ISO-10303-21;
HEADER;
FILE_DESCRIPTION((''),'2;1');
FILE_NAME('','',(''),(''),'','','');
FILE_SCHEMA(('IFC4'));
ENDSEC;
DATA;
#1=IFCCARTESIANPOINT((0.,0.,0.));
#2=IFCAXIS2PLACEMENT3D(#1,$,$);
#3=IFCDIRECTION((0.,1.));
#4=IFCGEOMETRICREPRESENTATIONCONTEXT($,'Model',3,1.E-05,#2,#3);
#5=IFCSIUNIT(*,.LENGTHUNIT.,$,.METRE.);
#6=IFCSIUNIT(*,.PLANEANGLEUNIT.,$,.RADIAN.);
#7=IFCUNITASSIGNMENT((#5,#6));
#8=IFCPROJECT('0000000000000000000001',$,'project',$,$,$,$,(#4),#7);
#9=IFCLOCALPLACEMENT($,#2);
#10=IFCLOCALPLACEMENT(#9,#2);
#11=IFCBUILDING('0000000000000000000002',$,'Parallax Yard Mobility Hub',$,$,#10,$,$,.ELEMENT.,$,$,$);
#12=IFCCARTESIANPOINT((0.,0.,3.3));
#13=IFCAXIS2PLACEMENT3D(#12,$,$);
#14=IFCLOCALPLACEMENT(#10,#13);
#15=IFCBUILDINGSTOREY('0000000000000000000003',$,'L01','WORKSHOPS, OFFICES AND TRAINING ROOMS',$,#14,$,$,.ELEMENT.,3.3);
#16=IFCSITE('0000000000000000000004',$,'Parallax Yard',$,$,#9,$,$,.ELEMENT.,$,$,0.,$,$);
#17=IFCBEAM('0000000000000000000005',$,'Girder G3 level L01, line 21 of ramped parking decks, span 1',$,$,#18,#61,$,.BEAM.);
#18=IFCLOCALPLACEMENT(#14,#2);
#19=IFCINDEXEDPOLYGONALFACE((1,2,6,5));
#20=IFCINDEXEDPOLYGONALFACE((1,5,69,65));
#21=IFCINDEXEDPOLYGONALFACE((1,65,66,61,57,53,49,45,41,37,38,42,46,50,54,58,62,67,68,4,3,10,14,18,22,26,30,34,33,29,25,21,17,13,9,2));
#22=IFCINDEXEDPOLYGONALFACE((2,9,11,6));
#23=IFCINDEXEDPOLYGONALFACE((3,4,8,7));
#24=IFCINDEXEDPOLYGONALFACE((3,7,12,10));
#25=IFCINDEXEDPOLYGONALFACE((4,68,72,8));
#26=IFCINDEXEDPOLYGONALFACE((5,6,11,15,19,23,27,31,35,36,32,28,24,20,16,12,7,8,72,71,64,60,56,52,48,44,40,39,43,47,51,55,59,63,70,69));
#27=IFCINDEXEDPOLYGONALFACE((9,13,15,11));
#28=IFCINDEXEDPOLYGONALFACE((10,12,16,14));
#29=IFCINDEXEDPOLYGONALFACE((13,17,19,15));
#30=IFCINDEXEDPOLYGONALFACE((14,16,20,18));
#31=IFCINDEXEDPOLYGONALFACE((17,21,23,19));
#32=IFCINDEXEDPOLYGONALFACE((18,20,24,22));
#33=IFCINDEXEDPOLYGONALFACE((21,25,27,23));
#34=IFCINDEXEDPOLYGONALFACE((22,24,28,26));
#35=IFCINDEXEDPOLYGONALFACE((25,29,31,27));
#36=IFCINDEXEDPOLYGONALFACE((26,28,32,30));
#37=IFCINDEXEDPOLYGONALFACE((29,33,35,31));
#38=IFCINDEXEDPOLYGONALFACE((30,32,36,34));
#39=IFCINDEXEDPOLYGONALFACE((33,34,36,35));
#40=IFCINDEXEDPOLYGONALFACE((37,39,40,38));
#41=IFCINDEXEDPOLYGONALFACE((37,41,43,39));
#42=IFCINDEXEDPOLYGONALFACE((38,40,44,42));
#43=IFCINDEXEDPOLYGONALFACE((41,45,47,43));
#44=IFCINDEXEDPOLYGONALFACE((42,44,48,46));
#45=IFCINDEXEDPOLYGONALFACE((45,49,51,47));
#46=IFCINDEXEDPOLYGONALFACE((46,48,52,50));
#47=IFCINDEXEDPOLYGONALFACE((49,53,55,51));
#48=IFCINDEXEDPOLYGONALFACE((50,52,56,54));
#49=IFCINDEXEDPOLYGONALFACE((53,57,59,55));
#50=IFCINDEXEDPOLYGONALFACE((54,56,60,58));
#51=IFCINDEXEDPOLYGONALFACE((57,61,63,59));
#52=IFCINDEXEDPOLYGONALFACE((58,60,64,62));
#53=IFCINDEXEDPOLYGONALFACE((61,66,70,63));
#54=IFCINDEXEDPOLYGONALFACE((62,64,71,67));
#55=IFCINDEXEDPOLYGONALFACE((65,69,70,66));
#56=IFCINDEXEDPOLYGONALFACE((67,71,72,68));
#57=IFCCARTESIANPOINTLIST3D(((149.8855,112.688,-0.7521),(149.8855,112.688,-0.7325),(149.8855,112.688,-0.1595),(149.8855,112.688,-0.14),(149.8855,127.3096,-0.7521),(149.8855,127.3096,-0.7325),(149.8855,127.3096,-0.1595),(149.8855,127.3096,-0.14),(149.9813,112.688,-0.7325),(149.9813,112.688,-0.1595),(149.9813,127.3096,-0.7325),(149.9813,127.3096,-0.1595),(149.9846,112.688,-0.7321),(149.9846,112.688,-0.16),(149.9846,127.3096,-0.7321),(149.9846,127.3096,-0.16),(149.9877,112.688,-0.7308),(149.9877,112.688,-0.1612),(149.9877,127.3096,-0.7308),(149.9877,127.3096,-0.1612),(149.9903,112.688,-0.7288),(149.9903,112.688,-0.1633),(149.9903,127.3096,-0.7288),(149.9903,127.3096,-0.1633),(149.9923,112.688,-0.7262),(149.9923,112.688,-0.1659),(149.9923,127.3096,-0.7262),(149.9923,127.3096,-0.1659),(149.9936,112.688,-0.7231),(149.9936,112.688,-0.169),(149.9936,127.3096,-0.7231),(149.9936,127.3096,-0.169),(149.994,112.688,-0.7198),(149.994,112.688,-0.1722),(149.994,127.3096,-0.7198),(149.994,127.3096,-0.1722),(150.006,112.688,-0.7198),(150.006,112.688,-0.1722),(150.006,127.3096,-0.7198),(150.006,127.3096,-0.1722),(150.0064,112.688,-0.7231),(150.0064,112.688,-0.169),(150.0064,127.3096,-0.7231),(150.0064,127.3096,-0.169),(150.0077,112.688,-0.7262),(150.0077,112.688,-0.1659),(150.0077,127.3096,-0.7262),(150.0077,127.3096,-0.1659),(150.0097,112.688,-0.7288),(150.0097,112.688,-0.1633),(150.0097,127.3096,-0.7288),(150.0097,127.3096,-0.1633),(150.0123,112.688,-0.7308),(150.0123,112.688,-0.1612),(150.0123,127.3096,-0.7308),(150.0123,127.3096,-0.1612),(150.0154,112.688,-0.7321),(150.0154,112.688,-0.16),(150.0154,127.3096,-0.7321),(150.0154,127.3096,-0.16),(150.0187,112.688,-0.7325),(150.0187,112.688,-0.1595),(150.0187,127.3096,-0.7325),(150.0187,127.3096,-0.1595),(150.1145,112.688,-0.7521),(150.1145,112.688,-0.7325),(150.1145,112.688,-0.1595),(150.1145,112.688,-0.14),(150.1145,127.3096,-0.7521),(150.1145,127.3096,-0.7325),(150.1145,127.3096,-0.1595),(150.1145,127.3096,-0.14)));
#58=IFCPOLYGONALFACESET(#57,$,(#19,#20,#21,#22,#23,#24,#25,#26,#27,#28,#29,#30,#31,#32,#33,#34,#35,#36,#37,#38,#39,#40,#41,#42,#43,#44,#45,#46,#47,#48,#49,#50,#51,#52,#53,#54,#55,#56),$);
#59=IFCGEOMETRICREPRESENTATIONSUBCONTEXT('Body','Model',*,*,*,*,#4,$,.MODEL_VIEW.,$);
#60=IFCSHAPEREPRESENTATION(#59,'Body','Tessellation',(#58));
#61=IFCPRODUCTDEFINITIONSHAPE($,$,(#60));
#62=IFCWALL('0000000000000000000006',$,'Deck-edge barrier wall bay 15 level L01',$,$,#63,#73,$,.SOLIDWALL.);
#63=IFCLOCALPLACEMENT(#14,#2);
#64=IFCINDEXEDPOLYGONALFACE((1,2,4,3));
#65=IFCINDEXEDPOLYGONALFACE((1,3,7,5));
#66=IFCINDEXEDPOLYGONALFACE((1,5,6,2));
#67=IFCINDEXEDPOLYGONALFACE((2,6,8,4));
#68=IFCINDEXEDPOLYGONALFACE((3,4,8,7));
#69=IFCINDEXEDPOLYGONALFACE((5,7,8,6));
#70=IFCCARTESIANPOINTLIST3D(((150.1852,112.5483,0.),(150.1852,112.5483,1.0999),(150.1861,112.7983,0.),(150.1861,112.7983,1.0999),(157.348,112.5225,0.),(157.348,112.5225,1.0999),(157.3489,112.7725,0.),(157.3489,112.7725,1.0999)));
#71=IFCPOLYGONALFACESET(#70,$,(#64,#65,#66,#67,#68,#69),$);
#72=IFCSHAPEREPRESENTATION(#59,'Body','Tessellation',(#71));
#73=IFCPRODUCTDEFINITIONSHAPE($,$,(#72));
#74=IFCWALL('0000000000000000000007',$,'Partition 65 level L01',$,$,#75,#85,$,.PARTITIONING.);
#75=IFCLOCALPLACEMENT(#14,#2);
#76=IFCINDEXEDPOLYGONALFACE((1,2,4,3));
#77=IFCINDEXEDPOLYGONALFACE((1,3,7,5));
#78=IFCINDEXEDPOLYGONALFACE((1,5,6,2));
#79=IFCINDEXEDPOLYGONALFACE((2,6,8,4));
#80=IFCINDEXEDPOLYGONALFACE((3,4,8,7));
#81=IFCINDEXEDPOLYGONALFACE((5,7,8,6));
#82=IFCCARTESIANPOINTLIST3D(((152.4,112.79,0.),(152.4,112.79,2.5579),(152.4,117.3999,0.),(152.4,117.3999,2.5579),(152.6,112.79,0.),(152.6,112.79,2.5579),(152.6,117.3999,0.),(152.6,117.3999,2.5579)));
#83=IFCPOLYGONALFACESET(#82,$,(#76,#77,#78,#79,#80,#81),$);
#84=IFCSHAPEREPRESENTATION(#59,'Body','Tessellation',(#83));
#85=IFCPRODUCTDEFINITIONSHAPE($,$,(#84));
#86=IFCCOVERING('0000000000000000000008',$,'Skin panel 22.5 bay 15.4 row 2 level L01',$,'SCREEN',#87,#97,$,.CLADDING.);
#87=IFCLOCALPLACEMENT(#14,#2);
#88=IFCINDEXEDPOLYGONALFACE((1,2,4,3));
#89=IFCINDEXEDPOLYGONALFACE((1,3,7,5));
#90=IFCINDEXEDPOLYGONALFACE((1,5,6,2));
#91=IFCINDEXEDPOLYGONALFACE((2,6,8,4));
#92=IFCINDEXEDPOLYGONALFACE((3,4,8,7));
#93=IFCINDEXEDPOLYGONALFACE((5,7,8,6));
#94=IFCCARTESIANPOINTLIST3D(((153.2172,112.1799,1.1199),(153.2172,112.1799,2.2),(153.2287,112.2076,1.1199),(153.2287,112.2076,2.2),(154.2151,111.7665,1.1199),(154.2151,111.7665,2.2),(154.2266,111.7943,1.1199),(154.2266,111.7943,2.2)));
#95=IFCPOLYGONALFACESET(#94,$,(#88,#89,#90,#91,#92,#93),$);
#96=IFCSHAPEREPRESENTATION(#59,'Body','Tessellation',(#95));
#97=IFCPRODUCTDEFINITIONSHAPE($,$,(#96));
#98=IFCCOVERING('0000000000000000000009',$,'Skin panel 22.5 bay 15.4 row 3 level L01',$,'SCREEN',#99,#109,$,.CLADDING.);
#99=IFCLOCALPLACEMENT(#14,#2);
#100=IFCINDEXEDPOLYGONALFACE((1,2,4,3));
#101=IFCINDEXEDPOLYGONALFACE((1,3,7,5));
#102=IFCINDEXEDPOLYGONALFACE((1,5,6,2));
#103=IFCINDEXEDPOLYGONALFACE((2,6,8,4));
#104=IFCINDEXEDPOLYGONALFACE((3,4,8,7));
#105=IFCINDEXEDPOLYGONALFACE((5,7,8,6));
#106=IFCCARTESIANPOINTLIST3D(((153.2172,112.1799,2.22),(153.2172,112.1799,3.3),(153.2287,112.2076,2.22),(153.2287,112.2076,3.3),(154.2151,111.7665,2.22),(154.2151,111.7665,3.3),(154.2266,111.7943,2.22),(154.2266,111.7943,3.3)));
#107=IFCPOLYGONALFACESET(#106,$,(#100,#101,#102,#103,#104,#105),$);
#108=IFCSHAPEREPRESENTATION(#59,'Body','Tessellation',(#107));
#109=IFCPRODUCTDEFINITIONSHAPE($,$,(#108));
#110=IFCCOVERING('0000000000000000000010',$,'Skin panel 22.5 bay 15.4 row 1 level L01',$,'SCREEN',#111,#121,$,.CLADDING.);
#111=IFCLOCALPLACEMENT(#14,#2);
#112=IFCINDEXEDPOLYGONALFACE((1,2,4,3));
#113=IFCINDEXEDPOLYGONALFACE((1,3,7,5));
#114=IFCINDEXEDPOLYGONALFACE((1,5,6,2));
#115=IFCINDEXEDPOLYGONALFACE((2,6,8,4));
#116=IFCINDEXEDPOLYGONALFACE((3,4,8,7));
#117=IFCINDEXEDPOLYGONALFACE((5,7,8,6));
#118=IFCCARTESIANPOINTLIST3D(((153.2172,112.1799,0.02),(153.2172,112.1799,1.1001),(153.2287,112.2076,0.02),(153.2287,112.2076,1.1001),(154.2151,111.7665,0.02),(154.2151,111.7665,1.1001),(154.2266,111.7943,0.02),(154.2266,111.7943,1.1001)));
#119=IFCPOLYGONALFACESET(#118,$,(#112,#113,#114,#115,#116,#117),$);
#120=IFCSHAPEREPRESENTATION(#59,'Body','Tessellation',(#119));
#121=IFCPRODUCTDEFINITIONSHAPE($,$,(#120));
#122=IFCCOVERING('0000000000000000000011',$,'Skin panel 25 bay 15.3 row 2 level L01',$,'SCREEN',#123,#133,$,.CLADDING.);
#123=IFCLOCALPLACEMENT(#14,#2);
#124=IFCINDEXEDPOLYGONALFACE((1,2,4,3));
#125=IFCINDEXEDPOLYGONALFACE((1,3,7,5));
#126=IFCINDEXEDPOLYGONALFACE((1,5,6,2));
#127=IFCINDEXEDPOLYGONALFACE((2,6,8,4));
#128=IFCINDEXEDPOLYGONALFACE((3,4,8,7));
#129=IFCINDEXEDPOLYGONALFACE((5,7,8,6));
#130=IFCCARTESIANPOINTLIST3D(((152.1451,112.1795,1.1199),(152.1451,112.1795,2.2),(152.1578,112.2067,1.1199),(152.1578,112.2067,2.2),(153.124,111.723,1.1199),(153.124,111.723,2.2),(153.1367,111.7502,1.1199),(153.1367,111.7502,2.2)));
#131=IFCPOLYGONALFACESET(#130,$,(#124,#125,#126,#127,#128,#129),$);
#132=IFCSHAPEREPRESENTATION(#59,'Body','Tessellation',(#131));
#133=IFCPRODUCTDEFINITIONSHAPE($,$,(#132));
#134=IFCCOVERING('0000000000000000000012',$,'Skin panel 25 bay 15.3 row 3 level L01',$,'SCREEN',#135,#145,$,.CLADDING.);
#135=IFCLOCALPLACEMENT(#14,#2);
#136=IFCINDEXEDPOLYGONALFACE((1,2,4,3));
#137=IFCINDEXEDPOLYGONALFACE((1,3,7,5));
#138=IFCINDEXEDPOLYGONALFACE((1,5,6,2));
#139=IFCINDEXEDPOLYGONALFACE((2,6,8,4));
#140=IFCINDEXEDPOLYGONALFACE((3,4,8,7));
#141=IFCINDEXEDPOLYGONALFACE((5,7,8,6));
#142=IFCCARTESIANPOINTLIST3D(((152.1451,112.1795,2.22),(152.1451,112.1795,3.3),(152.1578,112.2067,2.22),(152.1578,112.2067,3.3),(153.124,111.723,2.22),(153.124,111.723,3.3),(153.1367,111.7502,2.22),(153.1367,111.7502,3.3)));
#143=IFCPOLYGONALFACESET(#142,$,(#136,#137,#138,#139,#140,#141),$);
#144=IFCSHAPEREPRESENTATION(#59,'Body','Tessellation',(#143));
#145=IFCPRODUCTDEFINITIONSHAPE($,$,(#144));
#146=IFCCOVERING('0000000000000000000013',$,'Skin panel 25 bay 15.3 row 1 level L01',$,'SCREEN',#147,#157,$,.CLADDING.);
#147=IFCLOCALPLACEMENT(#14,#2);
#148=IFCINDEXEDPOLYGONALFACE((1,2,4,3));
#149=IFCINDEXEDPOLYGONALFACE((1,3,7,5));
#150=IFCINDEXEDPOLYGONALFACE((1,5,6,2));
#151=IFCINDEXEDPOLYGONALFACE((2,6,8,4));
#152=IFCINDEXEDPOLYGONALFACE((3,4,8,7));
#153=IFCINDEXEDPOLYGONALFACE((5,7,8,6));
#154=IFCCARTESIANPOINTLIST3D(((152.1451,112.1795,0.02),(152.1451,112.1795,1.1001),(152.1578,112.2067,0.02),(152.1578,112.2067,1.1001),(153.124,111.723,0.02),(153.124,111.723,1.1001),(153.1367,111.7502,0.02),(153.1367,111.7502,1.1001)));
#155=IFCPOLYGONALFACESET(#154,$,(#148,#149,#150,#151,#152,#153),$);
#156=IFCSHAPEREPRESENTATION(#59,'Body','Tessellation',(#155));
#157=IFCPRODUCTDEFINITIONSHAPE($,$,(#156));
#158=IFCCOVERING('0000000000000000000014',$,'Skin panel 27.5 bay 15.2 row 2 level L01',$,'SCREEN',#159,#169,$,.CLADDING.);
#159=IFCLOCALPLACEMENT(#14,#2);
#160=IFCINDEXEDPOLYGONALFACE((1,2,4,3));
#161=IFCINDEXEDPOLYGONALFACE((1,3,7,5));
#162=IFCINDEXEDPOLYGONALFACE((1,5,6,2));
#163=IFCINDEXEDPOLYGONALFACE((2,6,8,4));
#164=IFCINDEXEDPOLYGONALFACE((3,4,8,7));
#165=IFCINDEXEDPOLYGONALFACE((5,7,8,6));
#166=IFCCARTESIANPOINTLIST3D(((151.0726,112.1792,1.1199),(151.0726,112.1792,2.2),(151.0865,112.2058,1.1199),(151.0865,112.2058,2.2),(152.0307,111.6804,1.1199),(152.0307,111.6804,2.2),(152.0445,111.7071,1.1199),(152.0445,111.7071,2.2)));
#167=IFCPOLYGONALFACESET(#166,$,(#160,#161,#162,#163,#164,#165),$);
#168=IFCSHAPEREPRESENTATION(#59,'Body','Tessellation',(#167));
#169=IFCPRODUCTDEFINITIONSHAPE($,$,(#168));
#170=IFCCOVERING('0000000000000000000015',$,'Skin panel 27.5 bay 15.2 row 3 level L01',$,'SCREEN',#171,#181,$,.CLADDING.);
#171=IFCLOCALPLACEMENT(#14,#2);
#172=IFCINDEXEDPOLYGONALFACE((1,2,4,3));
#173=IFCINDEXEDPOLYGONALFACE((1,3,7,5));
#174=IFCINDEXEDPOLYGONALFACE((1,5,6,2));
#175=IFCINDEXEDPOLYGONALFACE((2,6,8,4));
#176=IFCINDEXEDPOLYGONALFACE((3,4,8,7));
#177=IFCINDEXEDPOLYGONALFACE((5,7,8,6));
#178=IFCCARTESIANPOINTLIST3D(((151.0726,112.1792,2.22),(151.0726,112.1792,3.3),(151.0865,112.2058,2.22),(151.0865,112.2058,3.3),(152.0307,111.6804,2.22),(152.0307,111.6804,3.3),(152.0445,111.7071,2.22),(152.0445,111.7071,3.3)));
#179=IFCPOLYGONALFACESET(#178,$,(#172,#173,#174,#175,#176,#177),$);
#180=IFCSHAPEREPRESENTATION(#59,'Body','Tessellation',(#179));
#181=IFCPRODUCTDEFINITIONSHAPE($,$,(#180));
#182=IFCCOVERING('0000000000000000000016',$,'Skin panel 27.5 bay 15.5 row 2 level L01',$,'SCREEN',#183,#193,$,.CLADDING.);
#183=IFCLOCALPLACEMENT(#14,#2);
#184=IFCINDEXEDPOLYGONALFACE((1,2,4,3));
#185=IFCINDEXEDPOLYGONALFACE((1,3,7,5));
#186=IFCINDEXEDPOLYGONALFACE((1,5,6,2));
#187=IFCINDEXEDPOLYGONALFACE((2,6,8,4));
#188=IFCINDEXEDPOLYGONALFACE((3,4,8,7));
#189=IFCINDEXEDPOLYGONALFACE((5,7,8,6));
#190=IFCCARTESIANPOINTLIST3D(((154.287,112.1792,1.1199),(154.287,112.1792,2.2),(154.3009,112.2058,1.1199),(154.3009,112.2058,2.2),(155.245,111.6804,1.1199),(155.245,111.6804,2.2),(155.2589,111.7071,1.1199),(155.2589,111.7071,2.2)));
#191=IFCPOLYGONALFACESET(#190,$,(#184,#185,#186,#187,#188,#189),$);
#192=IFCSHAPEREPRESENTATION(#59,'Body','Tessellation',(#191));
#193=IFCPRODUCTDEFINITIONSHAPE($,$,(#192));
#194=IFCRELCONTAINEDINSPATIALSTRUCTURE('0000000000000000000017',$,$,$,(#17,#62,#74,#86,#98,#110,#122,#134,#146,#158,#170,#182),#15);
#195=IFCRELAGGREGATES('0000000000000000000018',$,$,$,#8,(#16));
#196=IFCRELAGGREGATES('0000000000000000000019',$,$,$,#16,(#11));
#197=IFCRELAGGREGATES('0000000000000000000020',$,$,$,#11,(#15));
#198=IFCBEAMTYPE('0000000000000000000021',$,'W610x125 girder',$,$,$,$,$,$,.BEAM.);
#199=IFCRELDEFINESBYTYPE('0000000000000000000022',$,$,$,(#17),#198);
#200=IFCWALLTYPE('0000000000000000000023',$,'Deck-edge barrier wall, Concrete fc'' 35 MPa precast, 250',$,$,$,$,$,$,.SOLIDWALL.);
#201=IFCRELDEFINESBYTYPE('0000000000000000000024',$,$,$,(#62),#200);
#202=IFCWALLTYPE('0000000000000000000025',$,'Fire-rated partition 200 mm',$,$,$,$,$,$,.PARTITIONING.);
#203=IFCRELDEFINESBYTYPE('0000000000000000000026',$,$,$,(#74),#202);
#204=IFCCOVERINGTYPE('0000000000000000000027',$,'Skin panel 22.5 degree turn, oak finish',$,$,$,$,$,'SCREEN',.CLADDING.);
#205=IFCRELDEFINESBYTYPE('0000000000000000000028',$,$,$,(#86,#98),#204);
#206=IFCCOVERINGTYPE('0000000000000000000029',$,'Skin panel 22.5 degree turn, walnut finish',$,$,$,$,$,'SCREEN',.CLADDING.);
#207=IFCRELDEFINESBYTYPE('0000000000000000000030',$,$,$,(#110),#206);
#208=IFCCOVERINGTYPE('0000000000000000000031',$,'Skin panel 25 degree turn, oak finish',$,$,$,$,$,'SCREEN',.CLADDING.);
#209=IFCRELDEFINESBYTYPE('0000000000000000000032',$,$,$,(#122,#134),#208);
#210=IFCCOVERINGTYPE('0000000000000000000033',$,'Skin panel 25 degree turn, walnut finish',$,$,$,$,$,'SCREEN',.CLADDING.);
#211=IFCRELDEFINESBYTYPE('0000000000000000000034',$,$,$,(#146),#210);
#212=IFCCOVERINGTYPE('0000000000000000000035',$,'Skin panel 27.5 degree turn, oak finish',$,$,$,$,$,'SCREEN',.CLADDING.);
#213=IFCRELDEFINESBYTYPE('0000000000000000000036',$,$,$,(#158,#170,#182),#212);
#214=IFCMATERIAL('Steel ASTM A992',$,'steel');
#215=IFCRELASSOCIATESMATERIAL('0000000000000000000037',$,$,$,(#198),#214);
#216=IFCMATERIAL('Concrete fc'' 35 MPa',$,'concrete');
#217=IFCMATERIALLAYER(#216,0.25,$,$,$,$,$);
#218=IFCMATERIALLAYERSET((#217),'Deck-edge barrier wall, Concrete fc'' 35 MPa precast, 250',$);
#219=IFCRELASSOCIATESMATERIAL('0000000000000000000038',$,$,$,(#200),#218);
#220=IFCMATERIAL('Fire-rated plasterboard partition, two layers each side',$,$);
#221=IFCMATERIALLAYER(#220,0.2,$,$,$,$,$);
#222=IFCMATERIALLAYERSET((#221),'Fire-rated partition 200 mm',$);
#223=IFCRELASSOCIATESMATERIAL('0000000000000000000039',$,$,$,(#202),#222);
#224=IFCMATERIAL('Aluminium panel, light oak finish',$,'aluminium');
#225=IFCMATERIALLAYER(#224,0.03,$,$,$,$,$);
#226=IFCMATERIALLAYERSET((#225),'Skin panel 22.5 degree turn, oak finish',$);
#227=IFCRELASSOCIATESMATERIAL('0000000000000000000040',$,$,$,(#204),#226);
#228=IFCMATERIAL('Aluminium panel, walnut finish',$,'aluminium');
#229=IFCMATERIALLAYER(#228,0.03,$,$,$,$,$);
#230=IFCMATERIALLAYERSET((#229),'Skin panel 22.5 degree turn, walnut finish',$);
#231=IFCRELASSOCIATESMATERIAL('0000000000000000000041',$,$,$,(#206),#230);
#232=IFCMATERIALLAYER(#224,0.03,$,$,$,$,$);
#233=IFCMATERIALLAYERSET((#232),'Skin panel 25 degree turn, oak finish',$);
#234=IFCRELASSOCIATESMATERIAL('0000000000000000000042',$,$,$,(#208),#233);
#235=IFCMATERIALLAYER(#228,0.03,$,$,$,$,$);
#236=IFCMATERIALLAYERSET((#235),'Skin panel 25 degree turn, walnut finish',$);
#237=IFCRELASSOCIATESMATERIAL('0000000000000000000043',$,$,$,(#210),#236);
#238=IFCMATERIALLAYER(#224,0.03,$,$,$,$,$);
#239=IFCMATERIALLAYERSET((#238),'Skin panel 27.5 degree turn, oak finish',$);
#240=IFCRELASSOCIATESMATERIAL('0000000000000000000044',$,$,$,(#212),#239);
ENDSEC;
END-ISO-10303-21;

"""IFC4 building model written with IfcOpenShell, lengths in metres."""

from ifc_helpers import new_model, si_unit, direction, frame, frame_2d, origin, origin_2d, place, context, subcontext, project, spatial, rectangle, i_section, extrude, material, layer, layer_set, material_profile, profile_set, type_object, element, save


model = new_model("IFC4")

# Units and contexts
model_context = context("Model", 3, precision=1e-05, world=origin(), true_north=direction((0.0, 1.0)))
body_context = subcontext(model_context, "Body", "Model", "MODEL_VIEW")
ifc_project = project(units=[si_unit("LENGTHUNIT", "METRE"), si_unit("PLANEANGLEUNIT", "RADIAN")], contexts=[model_context])

# Site, building, storey
site_placement = place(None, origin())
site = spatial("IfcSite", under=ifc_project, at=site_placement, Name="Parallax Yard", CompositionType="ELEMENT", RefElevation=0.0)
building_placement = place(site_placement, origin())
building = spatial("IfcBuilding", under=site, at=building_placement, Name="Parallax Yard Mobility Hub", CompositionType="ELEMENT")
storey_placement = place(building_placement, frame((0.0, 0.0, 3.3)))
storey = spatial("IfcBuildingStorey", under=building, at=storey_placement, Name="L01", Description="WORKSHOPS, OFFICES AND TRAINING ROOMS", CompositionType="ELEMENT", Elevation=3.3)

# Shared definitions
ifc_material_1 = material(Name="Steel ASTM A992", Category="steel")

# Beam
ifc_material_profile_1 = material_profile(ifc_material_1, i_section(OverallWidth=0.229, OverallDepth=0.6121, WebThickness=0.012, FlangeThickness=0.0195, FilletRadius=0.0127, at=origin_2d()), Name="W610x125")
ifc_profile_set_1 = profile_set([ifc_material_profile_1], Name="Steel ASTM A992")
beam_type_1 = type_object("IfcBeamType", Name="W610x125 girder", PredefinedType="BEAM", material=ifc_profile_set_1)
beam_1_placement = place(storey_placement, frame((150.0, 112.688, -0.446), z_axis=(0.0, 1.0, 0.0), x_axis=(-1.0, 0.0, 0.0)))
element("IfcBeam", 1, at=beam_1_placement, inside=storey, type_object=beam_type_1, Name="Girder G3 level L01, line 21 of ramped parking decks, span 1", PredefinedType="BEAM", context=body_context, shape_type="SweptSolid", body=[
    extrude(i_section(OverallWidth=0.229, OverallDepth=0.6121, WebThickness=0.012, FlangeThickness=0.0195, FilletRadius=0.0127, at=origin_2d()), origin(), (0.0, 0.0, 1.0), 14.6216),
])

# Walls
ifc_material_2 = material(Name="Concrete fc' 35 MPa", Category="concrete")
ifc_layer_1 = layer(ifc_material_2, 0.25)
ifc_layer_set_1 = layer_set([ifc_layer_1], Name="Deck-edge barrier wall, Concrete fc' 35 MPa precast, 250")
wall_type_1 = type_object("IfcWallType", Name="Deck-edge barrier wall, Concrete fc' 35 MPa precast, 250", PredefinedType="SOLIDWALL", material=ifc_layer_set_1)
wall_1_placement = place(storey_placement, frame((150.1855, 112.6733, 0.0), z_axis=(0.0, 0.0, 1.0), x_axis=(0.999993, -0.003613, 0.0)))
element("IfcWall", 2, at=wall_1_placement, inside=storey, type_object=wall_type_1, Name="Deck-edge barrier wall bay 15 level L01", PredefinedType="SOLIDWALL", context=body_context, shape_type="SweptSolid", body=[
    extrude(rectangle(XDim=7.1628, YDim=0.25, at=frame_2d((3.5815, 0.0))), origin(), (0.0, 0.0, 1.0), 1.0999),
])
ifc_material_3 = material(Name="Fire-rated plasterboard partition, two layers each side")
ifc_layer_2 = layer(ifc_material_3, 0.2)
ifc_layer_set_2 = layer_set([ifc_layer_2], Name="Fire-rated partition 200 mm")
wall_type_2 = type_object("IfcWallType", Name="Fire-rated partition 200 mm", PredefinedType="PARTITIONING", material=ifc_layer_set_2)
wall_2_placement = place(storey_placement, frame((152.5, 112.79, 0.0), z_axis=(0.0, 0.0, 1.0), x_axis=(0.0, 1.0, 0.0)))
element("IfcWall", 3, at=wall_2_placement, inside=storey, type_object=wall_type_2, Name="Partition 65 level L01", PredefinedType="PARTITIONING", context=body_context, shape_type="SweptSolid", body=[
    extrude(rectangle(XDim=4.6099, YDim=0.2, at=frame_2d((2.3049, 0.0))), origin(), (0.0, 0.0, 1.0), 2.5579),
])

# Coverings
ifc_material_4 = material(Name="Aluminium panel, light oak finish", Category="aluminium")
ifc_layer_3 = layer(ifc_material_4, 0.03)
ifc_layer_set_3 = layer_set([ifc_layer_3], Name="Skin panel 22.5 degree turn, oak finish")
covering_type_1 = type_object("IfcCoveringType", Name="Skin panel 22.5 degree turn, oak finish", ElementType="SCREEN", PredefinedType="CLADDING", material=ifc_layer_set_3)
for number, where, z_axis, x_axis, name in (
    (4, (153.7219, 111.9871, 1.1199), (0.0, 0.0, 1.0), (0.92388, -0.382683, 0.0), "Skin panel 22.5 bay 15.4 row 2 level L01"),
    (5, (153.7219, 111.9871, 2.22), (0.0, 0.0, 1.0), (0.92388, -0.382683, 0.0), "Skin panel 22.5 bay 15.4 row 3 level L01"),
):
    element("IfcCovering", number, at=place(storey_placement, frame(where, z_axis=z_axis, x_axis=x_axis)), inside=storey, type_object=covering_type_1, Name=name, ObjectType="SCREEN", PredefinedType="CLADDING", context=body_context, shape_type="SweptSolid", body=[
        extrude(rectangle(XDim=1.0801, YDim=0.03, at=origin_2d()), origin(), (0.0, 0.0, 1.0), 1.0801),
    ])
ifc_material_5 = material(Name="Aluminium panel, walnut finish", Category="aluminium")
ifc_layer_4 = layer(ifc_material_5, 0.03)
ifc_layer_set_4 = layer_set([ifc_layer_4], Name="Skin panel 22.5 degree turn, walnut finish")
covering_type_2 = type_object("IfcCoveringType", Name="Skin panel 22.5 degree turn, walnut finish", ElementType="SCREEN", PredefinedType="CLADDING", material=ifc_layer_set_4)
covering_1_placement = place(storey_placement, frame((153.7219, 111.9871, 0.02), z_axis=(0.0, 0.0, 1.0), x_axis=(0.92388, -0.382683, 0.0)))
element("IfcCovering", 6, at=covering_1_placement, inside=storey, type_object=covering_type_2, Name="Skin panel 22.5 bay 15.4 row 1 level L01", ObjectType="SCREEN", PredefinedType="CLADDING", context=body_context, shape_type="SweptSolid", body=[
    extrude(rectangle(XDim=1.0801, YDim=0.03, at=origin_2d()), origin(), (0.0, 0.0, 1.0), 1.0801),
])
ifc_layer_5 = layer(ifc_material_4, 0.03)
ifc_layer_set_5 = layer_set([ifc_layer_5], Name="Skin panel 25 degree turn, oak finish")
covering_type_3 = type_object("IfcCoveringType", Name="Skin panel 25 degree turn, oak finish", ElementType="SCREEN", PredefinedType="CLADDING", material=ifc_layer_set_5)
for number, where, z_axis, x_axis, name in (
    (7, (152.6409, 111.9648, 1.1199), (0.0, 0.0, 1.0), (0.906308, -0.422618, 0.0), "Skin panel 25 bay 15.3 row 2 level L01"),
    (8, (152.6409, 111.9648, 2.22), (0.0, 0.0, 1.0), (0.906308, -0.422618, 0.0), "Skin panel 25 bay 15.3 row 3 level L01"),
):
    element("IfcCovering", number, at=place(storey_placement, frame(where, z_axis=z_axis, x_axis=x_axis)), inside=storey, type_object=covering_type_3, Name=name, ObjectType="SCREEN", PredefinedType="CLADDING", context=body_context, shape_type="SweptSolid", body=[
        extrude(rectangle(XDim=1.0801, YDim=0.03, at=origin_2d()), origin(), (0.0, 0.0, 1.0), 1.0801),
    ])
ifc_layer_6 = layer(ifc_material_5, 0.03)
ifc_layer_set_6 = layer_set([ifc_layer_6], Name="Skin panel 25 degree turn, walnut finish")
covering_type_4 = type_object("IfcCoveringType", Name="Skin panel 25 degree turn, walnut finish", ElementType="SCREEN", PredefinedType="CLADDING", material=ifc_layer_set_6)
covering_2_placement = place(storey_placement, frame((152.6409, 111.9648, 0.02), z_axis=(0.0, 0.0, 1.0), x_axis=(0.906308, -0.422618, 0.0)))
element("IfcCovering", 9, at=covering_2_placement, inside=storey, type_object=covering_type_4, Name="Skin panel 25 bay 15.3 row 1 level L01", ObjectType="SCREEN", PredefinedType="CLADDING", context=body_context, shape_type="SweptSolid", body=[
    extrude(rectangle(XDim=1.0801, YDim=0.03, at=origin_2d()), origin(), (0.0, 0.0, 1.0), 1.0801),
])
ifc_layer_7 = layer(ifc_material_4, 0.03)
ifc_layer_set_7 = layer_set([ifc_layer_7], Name="Skin panel 27.5 degree turn, oak finish")
covering_type_5 = type_object("IfcCoveringType", Name="Skin panel 27.5 degree turn, oak finish", ElementType="SCREEN", PredefinedType="CLADDING", material=ifc_layer_set_7)
for number, where, z_axis, x_axis, name in (
    (10, (151.5586, 111.9431, 1.1199), (0.0, 0.0, 1.0), (0.887011, -0.461749, 0.0), "Skin panel 27.5 bay 15.2 row 2 level L01"),
    (11, (151.5586, 111.9431, 2.22), (0.0, 0.0, 1.0), (0.887011, -0.461749, 0.0), "Skin panel 27.5 bay 15.2 row 3 level L01"),
    (12, (154.7729, 111.9431, 1.1199), (0.0, 0.0, 1.0), (0.887011, -0.461749, 0.0), "Skin panel 27.5 bay 15.5 row 2 level L01"),
):
    element("IfcCovering", number, at=place(storey_placement, frame(where, z_axis=z_axis, x_axis=x_axis)), inside=storey, type_object=covering_type_5, Name=name, ObjectType="SCREEN", PredefinedType="CLADDING", context=body_context, shape_type="SweptSolid", body=[
        extrude(rectangle(XDim=1.0801, YDim=0.03, at=origin_2d()), origin(), (0.0, 0.0, 1.0), 1.0801),
    ])

save(model, "model.ifc")
